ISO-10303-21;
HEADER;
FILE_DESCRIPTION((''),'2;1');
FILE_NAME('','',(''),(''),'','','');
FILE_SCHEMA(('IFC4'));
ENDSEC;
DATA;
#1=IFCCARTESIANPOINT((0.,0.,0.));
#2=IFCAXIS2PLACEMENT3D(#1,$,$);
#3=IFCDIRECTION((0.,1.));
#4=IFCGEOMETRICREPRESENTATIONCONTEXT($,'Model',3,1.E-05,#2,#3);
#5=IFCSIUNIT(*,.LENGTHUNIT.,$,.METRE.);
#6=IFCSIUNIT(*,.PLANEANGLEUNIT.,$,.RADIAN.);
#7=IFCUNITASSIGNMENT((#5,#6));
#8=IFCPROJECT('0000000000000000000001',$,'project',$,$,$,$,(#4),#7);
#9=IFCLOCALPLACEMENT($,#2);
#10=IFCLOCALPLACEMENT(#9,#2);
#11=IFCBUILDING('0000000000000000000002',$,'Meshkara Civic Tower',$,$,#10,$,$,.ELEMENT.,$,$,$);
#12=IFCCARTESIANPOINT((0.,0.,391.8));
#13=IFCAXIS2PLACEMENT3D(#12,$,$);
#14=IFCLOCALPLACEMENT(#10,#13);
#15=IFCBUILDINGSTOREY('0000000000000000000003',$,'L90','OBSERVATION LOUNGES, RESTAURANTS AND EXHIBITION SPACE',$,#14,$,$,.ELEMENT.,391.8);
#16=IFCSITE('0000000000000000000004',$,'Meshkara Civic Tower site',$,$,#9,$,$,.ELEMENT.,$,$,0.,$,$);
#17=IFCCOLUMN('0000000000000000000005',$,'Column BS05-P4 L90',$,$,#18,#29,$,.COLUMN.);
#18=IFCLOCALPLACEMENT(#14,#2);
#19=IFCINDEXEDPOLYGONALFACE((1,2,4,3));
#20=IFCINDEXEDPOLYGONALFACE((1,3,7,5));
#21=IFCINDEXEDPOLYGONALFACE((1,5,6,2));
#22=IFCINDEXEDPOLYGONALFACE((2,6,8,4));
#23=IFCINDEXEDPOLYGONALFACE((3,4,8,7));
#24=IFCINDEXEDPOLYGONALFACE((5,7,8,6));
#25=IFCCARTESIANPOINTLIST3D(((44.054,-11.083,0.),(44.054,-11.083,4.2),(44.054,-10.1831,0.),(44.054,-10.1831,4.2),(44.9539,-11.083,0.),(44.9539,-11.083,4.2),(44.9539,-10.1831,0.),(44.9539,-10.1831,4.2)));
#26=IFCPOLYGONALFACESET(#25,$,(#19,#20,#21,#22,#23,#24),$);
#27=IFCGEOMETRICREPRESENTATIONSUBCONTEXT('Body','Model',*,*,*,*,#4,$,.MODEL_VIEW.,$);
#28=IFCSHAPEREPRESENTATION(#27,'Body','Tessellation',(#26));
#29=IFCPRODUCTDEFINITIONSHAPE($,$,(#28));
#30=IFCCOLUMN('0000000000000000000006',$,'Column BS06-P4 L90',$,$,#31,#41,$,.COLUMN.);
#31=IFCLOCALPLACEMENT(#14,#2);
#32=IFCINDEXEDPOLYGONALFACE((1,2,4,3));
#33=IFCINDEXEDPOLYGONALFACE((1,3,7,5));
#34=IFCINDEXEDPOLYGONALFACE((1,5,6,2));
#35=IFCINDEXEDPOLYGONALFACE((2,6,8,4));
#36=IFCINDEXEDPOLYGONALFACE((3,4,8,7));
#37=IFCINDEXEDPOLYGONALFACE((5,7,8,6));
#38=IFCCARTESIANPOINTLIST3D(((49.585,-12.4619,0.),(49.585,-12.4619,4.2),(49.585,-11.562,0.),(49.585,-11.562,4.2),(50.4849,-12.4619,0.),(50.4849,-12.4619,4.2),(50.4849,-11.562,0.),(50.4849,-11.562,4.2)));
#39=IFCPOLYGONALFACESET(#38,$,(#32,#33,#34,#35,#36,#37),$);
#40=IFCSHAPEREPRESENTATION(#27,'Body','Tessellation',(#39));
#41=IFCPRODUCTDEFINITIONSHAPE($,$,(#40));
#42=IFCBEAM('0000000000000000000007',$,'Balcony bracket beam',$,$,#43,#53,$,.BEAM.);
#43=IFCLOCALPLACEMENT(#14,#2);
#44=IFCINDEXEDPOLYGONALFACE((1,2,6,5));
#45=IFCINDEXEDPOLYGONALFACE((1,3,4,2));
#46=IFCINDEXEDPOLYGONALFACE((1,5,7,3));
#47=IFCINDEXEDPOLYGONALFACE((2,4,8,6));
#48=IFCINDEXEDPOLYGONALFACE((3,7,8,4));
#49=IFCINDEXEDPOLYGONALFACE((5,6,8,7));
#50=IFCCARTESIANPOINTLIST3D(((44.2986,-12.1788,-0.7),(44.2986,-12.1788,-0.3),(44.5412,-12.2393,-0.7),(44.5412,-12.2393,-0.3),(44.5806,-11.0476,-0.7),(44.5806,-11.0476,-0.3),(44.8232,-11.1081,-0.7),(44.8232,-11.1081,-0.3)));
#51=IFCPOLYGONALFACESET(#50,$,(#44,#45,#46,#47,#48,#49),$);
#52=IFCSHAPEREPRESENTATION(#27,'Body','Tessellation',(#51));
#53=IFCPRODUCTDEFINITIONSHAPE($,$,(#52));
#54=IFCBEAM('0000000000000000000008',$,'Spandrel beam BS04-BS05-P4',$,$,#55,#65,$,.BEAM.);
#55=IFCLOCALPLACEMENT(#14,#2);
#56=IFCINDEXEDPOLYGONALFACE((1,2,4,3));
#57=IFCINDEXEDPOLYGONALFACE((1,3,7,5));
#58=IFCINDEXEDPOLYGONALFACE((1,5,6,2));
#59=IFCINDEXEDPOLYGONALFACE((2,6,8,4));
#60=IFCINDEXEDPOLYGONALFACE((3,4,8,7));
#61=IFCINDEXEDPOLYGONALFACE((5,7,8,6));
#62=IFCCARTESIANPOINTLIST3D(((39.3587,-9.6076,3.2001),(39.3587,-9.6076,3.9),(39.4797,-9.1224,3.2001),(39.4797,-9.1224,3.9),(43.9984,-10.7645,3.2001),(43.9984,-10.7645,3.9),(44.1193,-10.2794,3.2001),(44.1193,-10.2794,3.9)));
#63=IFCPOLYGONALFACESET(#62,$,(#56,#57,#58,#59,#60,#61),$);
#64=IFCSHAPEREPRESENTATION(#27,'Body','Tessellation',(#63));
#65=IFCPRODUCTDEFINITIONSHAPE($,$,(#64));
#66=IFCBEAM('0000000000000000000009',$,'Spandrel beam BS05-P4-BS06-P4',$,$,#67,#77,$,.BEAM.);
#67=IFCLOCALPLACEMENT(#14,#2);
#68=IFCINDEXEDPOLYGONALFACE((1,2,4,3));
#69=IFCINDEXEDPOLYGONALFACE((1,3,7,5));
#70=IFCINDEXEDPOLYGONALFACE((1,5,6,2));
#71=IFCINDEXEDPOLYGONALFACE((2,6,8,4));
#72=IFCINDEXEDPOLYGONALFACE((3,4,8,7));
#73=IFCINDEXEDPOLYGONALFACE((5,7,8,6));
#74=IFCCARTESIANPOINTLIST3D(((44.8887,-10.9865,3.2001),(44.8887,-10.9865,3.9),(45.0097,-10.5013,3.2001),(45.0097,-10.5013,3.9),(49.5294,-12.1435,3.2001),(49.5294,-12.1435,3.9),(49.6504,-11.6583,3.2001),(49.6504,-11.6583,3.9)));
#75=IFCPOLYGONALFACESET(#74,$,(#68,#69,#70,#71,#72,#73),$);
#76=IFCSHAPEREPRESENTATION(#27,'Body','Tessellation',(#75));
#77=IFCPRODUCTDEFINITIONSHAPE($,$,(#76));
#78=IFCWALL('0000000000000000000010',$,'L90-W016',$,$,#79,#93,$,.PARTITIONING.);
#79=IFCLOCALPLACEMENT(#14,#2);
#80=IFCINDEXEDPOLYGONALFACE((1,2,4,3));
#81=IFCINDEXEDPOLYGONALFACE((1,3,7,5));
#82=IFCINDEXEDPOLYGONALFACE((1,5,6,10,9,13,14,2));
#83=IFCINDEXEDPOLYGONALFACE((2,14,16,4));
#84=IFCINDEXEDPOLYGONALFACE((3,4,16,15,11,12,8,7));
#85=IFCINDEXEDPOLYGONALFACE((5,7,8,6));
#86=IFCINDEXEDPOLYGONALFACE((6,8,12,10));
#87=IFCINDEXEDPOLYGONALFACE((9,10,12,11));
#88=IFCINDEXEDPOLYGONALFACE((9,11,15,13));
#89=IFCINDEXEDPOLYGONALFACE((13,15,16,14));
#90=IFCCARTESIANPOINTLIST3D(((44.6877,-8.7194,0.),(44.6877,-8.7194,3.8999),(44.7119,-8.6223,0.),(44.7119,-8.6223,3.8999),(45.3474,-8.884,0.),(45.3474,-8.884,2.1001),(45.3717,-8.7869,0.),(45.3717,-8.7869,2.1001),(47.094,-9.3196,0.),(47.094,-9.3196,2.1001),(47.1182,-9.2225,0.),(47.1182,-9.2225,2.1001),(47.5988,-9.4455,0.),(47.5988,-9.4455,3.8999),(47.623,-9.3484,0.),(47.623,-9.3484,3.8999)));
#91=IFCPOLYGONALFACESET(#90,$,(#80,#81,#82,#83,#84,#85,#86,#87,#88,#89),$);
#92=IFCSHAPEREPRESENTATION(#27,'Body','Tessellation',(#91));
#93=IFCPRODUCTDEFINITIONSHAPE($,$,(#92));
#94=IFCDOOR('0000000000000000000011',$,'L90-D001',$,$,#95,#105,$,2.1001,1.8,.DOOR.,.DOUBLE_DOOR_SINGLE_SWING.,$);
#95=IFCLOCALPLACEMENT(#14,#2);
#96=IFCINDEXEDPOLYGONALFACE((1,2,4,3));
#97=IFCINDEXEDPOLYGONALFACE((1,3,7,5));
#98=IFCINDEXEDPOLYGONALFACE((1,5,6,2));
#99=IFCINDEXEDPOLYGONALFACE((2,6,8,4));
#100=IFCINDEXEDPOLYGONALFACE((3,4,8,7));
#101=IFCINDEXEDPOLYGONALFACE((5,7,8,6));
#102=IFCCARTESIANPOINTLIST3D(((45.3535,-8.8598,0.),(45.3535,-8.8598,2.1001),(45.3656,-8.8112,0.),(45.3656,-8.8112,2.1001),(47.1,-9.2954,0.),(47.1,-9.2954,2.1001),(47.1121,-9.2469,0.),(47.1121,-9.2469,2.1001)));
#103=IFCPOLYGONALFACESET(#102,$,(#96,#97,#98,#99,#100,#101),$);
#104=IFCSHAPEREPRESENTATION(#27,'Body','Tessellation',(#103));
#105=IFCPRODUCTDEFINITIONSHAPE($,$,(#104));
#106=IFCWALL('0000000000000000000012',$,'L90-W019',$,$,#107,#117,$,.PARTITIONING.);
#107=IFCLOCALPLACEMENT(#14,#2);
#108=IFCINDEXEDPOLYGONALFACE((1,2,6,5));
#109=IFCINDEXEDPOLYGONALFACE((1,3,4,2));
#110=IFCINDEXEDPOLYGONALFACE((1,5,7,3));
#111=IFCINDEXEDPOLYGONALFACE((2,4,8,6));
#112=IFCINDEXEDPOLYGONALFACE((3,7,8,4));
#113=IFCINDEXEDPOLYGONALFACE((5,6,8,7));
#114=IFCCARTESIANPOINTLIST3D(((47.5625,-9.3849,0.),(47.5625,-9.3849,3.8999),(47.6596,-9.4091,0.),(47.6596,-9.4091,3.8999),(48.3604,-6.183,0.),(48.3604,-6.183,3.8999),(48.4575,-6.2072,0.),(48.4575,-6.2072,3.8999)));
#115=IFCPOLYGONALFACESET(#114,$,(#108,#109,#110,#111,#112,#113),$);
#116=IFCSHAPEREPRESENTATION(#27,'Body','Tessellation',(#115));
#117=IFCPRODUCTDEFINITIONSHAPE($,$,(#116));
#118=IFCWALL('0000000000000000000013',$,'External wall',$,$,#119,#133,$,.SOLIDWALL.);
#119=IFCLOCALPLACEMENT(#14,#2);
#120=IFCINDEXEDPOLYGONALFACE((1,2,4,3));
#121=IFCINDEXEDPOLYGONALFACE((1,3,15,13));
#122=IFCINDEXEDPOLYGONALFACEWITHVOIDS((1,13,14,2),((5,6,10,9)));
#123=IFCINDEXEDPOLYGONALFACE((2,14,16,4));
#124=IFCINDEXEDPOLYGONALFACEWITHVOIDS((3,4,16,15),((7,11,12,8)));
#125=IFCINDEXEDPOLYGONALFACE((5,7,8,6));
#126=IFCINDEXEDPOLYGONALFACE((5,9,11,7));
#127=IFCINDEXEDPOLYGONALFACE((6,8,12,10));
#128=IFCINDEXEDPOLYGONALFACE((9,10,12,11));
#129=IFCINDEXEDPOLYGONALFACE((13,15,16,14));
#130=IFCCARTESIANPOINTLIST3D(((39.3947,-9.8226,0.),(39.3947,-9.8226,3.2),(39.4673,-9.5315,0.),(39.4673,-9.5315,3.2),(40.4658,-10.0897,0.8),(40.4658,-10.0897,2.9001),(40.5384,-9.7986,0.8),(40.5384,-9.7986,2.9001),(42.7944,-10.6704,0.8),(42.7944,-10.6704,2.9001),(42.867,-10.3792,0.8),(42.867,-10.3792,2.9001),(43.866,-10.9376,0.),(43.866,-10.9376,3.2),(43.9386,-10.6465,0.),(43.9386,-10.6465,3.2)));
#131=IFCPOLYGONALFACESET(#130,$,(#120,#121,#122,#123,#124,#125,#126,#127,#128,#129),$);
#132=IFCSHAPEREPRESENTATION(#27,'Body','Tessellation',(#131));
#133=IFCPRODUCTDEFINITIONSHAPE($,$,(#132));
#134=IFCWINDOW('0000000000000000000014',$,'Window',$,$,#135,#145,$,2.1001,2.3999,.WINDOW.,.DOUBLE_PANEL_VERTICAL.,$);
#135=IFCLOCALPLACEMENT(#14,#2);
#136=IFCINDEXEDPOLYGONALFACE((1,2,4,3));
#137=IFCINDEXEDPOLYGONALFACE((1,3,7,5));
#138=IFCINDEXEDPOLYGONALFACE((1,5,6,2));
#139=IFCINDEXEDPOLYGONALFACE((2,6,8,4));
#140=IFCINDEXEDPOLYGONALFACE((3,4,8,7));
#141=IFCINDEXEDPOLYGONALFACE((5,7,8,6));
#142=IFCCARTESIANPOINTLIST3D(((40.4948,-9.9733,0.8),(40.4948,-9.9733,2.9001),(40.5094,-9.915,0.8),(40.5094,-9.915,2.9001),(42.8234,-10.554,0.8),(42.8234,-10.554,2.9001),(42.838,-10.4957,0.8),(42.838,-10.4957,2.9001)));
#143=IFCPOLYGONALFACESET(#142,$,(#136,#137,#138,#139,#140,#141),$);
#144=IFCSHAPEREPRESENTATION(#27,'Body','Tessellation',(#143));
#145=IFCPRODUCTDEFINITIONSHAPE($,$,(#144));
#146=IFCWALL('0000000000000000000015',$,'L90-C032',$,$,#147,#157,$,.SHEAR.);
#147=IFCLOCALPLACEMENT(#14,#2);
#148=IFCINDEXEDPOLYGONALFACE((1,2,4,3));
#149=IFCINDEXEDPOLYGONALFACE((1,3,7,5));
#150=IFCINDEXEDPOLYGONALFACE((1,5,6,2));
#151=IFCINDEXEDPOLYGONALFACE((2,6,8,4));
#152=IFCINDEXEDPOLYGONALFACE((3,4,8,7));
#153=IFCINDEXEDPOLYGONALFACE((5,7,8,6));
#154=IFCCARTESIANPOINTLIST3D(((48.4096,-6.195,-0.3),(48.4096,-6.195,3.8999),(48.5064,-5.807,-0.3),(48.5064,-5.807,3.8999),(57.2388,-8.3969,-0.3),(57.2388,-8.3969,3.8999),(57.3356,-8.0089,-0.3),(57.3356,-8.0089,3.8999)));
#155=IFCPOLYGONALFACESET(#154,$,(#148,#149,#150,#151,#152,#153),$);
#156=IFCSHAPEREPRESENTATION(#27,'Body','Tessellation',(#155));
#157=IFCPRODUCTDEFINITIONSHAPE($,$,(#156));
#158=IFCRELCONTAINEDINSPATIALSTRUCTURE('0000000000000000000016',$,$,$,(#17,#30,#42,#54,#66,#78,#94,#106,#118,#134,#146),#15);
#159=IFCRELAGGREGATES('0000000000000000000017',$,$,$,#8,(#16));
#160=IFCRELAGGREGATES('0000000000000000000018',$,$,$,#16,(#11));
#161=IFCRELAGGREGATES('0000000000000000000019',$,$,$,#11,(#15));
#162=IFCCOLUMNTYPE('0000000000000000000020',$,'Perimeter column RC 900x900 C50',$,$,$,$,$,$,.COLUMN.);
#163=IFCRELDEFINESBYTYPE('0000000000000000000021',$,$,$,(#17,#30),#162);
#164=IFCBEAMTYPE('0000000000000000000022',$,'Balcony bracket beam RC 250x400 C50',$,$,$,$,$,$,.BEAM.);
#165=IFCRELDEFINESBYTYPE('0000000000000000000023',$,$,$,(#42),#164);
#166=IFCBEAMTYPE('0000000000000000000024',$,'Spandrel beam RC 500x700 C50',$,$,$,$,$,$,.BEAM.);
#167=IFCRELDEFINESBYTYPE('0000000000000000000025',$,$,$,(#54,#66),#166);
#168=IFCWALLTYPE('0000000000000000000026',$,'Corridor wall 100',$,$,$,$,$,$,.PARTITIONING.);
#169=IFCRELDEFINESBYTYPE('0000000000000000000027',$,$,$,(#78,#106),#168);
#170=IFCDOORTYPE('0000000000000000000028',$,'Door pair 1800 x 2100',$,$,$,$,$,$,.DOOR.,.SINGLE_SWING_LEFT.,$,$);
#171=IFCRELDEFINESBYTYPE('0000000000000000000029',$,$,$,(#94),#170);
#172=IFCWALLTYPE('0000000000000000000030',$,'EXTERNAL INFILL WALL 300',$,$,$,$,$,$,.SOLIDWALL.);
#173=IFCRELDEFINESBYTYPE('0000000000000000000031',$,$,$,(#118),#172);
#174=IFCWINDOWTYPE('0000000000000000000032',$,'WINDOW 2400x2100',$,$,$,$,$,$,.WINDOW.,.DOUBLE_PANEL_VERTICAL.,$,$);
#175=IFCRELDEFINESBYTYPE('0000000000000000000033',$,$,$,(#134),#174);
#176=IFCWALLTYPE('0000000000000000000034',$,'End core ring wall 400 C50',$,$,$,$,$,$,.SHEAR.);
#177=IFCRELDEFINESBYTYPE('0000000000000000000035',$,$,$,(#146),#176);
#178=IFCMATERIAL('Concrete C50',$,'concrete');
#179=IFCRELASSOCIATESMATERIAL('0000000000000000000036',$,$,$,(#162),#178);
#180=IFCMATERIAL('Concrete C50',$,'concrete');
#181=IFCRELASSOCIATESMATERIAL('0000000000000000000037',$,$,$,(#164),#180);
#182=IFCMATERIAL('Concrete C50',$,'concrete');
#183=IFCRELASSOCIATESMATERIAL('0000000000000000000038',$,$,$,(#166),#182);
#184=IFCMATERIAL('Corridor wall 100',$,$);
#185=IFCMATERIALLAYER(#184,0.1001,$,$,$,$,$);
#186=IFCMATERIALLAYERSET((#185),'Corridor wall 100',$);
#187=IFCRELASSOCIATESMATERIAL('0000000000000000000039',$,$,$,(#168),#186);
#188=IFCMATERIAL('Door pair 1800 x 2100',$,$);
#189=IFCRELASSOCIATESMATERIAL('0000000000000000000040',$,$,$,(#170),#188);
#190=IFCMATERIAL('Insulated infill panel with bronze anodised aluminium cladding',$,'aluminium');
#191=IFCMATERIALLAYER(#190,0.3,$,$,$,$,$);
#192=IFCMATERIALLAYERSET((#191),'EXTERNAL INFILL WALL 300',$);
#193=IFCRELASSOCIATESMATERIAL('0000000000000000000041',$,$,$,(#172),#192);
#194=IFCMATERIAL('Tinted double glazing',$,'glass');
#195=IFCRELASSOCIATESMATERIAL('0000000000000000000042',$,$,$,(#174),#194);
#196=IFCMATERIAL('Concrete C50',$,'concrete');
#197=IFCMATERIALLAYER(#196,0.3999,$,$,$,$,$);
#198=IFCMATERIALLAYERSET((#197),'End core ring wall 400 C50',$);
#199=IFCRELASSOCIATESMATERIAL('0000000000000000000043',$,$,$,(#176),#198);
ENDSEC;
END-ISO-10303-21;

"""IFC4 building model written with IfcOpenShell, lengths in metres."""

from ifc_helpers import new_model, si_unit, direction, frame, frame_2d, origin, origin_2d, place, context, subcontext, project, spatial, rectangle, extrude, material, layer, layer_set, material_profile, profile_set, type_object, element, fill, save


model = new_model("IFC4")

# Units and contexts
model_context = context("Model", 3, precision=1e-05, world=origin(), true_north=direction((0.0, 1.0)))
body_context = subcontext(model_context, "Body", "Model", "MODEL_VIEW")
ifc_project = project(units=[si_unit("LENGTHUNIT", "METRE"), si_unit("PLANEANGLEUNIT", "RADIAN")], contexts=[model_context])

# Site, building, storey
site_placement = place(None, origin())
site = spatial("IfcSite", under=ifc_project, at=site_placement, Name="Meshkara Civic Tower site", CompositionType="ELEMENT", RefElevation=0.0)
building_placement = place(site_placement, origin())
building = spatial("IfcBuilding", under=site, at=building_placement, Name="Meshkara Civic Tower", CompositionType="ELEMENT")
storey_placement = place(building_placement, frame((0.0, 0.0, 391.8)))
storey = spatial("IfcBuildingStorey", under=building, at=storey_placement, Name="L90", Description="OBSERVATION LOUNGES, RESTAURANTS AND EXHIBITION SPACE", CompositionType="ELEMENT", Elevation=391.8)

# Columns
ifc_material_1 = material(Name="Concrete C50", Category="concrete")
ifc_material_profile_1 = material_profile(ifc_material_1, rectangle(XDim=0.8999, YDim=0.8999, at=origin_2d()))
ifc_profile_set_1 = profile_set([ifc_material_profile_1], Name="Concrete C50")
column_type = type_object("IfcColumnType", Name="Perimeter column RC 900x900 C50", PredefinedType="COLUMN", material=ifc_profile_set_1)
for number, where, z_axis, x_axis, name in (
    (1, (44.5039, -10.6331, 0.0), (0.0, 0.0, 1.0), (1.0, 0.0, 0.0), "Column BS05-P4 L90"),
    (2, (50.0349, -12.012, 0.0), (0.0, 0.0, 1.0), (1.0, 0.0, 0.0), "Column BS06-P4 L90"),
):
    element("IfcColumn", number, at=place(storey_placement, frame(where, z_axis=z_axis, x_axis=x_axis)), inside=storey, type_object=column_type, Name=name, PredefinedType="COLUMN", context=body_context, shape_type="SweptSolid", body=[
        extrude(rectangle(XDim=0.8999, YDim=0.8999, at=origin_2d()), origin(), (0.0, 0.0, 1.0), 4.2),
    ])

# Beams
ifc_material_2 = material(Name="Concrete C50", Category="concrete")
ifc_material_profile_2 = material_profile(ifc_material_2, rectangle(XDim=0.25, YDim=0.3999, at=origin_2d()))
ifc_profile_set_2 = profile_set([ifc_material_profile_2], Name="Concrete C50")
beam_type_1 = type_object("IfcBeamType", Name="Balcony bracket beam RC 250x400 C50", PredefinedType="BEAM", material=ifc_profile_set_2)
beam_1_placement = place(storey_placement, frame((44.7019, -11.0779, -0.5), z_axis=(-0.241895, -0.970302, 0.0), x_axis=(0.970302, -0.241895, 0.0)))
element("IfcBeam", 3, at=beam_1_placement, inside=storey, type_object=beam_type_1, Name="Balcony bracket beam", PredefinedType="BEAM", context=body_context, shape_type="SweptSolid", body=[
    extrude(rectangle(XDim=0.25, YDim=0.3999, at=origin_2d()), origin(), (0.0, 0.0, 1.0), 1.1658),
])
ifc_material_3 = material(Name="Concrete C50", Category="concrete")
ifc_material_profile_3 = material_profile(ifc_material_3, rectangle(XDim=0.5, YDim=0.7, at=origin_2d()))
ifc_profile_set_3 = profile_set([ifc_material_profile_3], Name="Concrete C50")
beam_type_2 = type_object("IfcBeamType", Name="Spandrel beam RC 500x700 C50", PredefinedType="BEAM", material=ifc_profile_set_3)
beam_2_placement = place(storey_placement, frame((39.4192, -9.365, 3.55), z_axis=(0.970286, -0.241959, 0.0), x_axis=(0.241959, 0.970286, 0.0)))
element("IfcBeam", 4, at=beam_2_placement, inside=storey, type_object=beam_type_2, Name="Spandrel beam BS04-BS05-P4", PredefinedType="BEAM", context=body_context, shape_type="SweptSolid", body=[
    extrude(rectangle(XDim=0.5, YDim=0.7, at=origin_2d()), origin(), (0.0, 0.0, 1.0), 4.7817),
])
beam_3_placement = place(storey_placement, frame((44.9492, -10.7439, 3.55), z_axis=(0.970298, -0.241911, 0.0), x_axis=(0.241911, 0.970298, 0.0)))
element("IfcBeam", 5, at=beam_3_placement, inside=storey, type_object=beam_type_2, Name="Spandrel beam BS05-P4-BS06-P4", PredefinedType="BEAM", context=body_context, shape_type="SweptSolid", body=[
    extrude(rectangle(XDim=0.5, YDim=0.7, at=origin_2d()), origin(), (0.0, 0.0, 1.0), 4.7827),
])

# Wall, opening, door
ifc_material_4 = material(Name="Corridor wall 100")
ifc_layer_1 = layer(ifc_material_4, 0.1001)
ifc_layer_set_1 = layer_set([ifc_layer_1], Name="Corridor wall 100")
wall_type_1 = type_object("IfcWallType", Name="Corridor wall 100", PredefinedType="PARTITIONING", material=ifc_layer_set_1)
wall_1_placement = place(storey_placement, frame((44.7, -8.6709, 0.0), z_axis=(0.0, 0.0, 1.0), x_axis=(0.970276, -0.241999, 0.0)))
wall_1 = element("IfcWall", 6, at=wall_1_placement, inside=storey, type_object=wall_type_1, Name="L90-W016", PredefinedType="PARTITIONING", context=body_context, shape_type="SweptSolid", body=[
    extrude(rectangle(XDim=3.0002, YDim=0.1001, at=frame_2d((1.5, 0.0))), origin(), (0.0, 0.0, 1.0), 3.8999),
])
opening_1_placement = place(wall_1_placement, frame((0.6799, 0.0, 0.0)))
opening_1 = element("IfcOpeningElement", 7, at=opening_1_placement, cuts=wall_1, PredefinedType="OPENING", context=body_context, shape_type="SweptSolid", body=[
    extrude(rectangle(XDim=1.8, YDim=2.1001, at=frame_2d((0.8999, 1.05))), frame((0.0, 0.0601, 0.0), z_axis=(0.0, -1.0, 0.0), x_axis=(1.0, 0.0, 0.0)), (0.0, 0.0, 1.0), 0.1201),
])
ifc_material_5 = material(Name="Door pair 1800 x 2100")
door_type_1 = type_object("IfcDoorType", Name="Door pair 1800 x 2100", OperationType="SINGLE_SWING_LEFT", PredefinedType="DOOR", material=ifc_material_5)
door_1_placement = place(opening_1_placement, origin())
door_1 = element("IfcDoor", 8, at=door_1_placement, inside=storey, type_object=door_type_1, Name="L90-D001", OperationType="DOUBLE_DOOR_SINGLE_SWING", OverallHeight=2.1001, OverallWidth=1.8, PredefinedType="DOOR", context=body_context, shape_type="SweptSolid", body=[
    extrude(rectangle(XDim=1.8, YDim=2.1001, at=frame_2d((0.8999, 1.05))), frame((0.0, 0.0249, 0.0), z_axis=(0.0, -1.0, 0.0), x_axis=(1.0, 0.0, 0.0)), (0.0, 0.0, 1.0), 0.05),
])
fill(opening_1, door_1)

# Wall
wall_2_placement = place(storey_placement, frame((47.6111, -9.397, 0.0), z_axis=(0.0, 0.0, 1.0), x_axis=(0.241787, 0.970329, 0.0)))
element("IfcWall", 9, at=wall_2_placement, inside=storey, type_object=wall_type_1, Name="L90-W019", PredefinedType="PARTITIONING", context=body_context, shape_type="SweptSolid", body=[
    extrude(rectangle(XDim=3.2998, YDim=0.1001, at=frame_2d((1.6499, 0.0))), origin(), (0.0, 0.0, 1.0), 3.8999),
])

# Wall, opening, window
ifc_material_6 = material(Name="Insulated infill panel with bronze anodised aluminium cladding", Category="aluminium")
ifc_layer_2 = layer(ifc_material_6, 0.3)
ifc_layer_set_2 = layer_set([ifc_layer_2], Name="EXTERNAL INFILL WALL 300")
wall_type_2 = type_object("IfcWallType", Name="EXTERNAL INFILL WALL 300", PredefinedType="SOLIDWALL", material=ifc_layer_set_2)
wall_3_placement = place(storey_placement, frame((39.4309, -9.677, 0.0), z_axis=(0.0, 0.0, 1.0), x_axis=(0.970286, -0.241962, 0.0)))
wall_3 = element("IfcWall", 10, at=wall_3_placement, inside=storey, type_object=wall_type_2, Name="External wall", PredefinedType="SOLIDWALL", context=body_context, shape_type="SweptSolid", body=[
    extrude(rectangle(XDim=4.6082, YDim=0.3, at=frame_2d((2.3042, 0.0))), origin(), (0.0, 0.0, 1.0), 3.2),
])
opening_2_placement = place(wall_3_placement, frame((1.104, 0.0, 0.8)))
opening_2 = element("IfcOpeningElement", 11, at=opening_2_placement, cuts=wall_3, PredefinedType="OPENING", context=body_context, shape_type="SweptSolid", body=[
    extrude(rectangle(XDim=2.3999, YDim=2.1001, at=frame_2d((1.2, 1.05))), frame((0.0, 0.1599, 0.0), z_axis=(0.0, -1.0, 0.0), x_axis=(1.0, 0.0, 0.0)), (0.0, 0.0, 1.0), 0.3201),
])
ifc_material_7 = material(Name="Tinted double glazing", Category="glass")
window_type = type_object("IfcWindowType", Name="WINDOW 2400x2100", PartitioningType="DOUBLE_PANEL_VERTICAL", PredefinedType="WINDOW", material=ifc_material_7)
window_placement = place(opening_2_placement, origin())
window = element("IfcWindow", 12, at=window_placement, inside=storey, type_object=window_type, Name="Window", OverallHeight=2.1001, OverallWidth=2.3999, PartitioningType="DOUBLE_PANEL_VERTICAL", PredefinedType="WINDOW", context=body_context, shape_type="SweptSolid", body=[
    extrude(rectangle(XDim=2.3999, YDim=2.1001, at=frame_2d((1.2, 1.05))), frame((0.0, 0.03, 0.0), z_axis=(0.0, -1.0, 0.0), x_axis=(1.0, 0.0, 0.0)), (0.0, 0.0, 1.0), 0.0601),
])
fill(opening_2, window)

# Wall
ifc_material_8 = material(Name="Concrete C50", Category="concrete")
ifc_layer_3 = layer(ifc_material_8, 0.3999)
ifc_layer_set_3 = layer_set([ifc_layer_3], Name="End core ring wall 400 C50")
wall_type_3 = type_object("IfcWallType", Name="End core ring wall 400 C50", PredefinedType="SHEAR", material=ifc_layer_set_3)
wall_4_placement = place(storey_placement, frame((48.458, -6.001, -0.3), z_axis=(0.0, 0.0, 1.0), x_axis=(0.970281, -0.24198, 0.0)))
element("IfcWall", 13, at=wall_4_placement, inside=storey, type_object=wall_type_3, Name="L90-C032", PredefinedType="SHEAR", context=body_context, shape_type="SweptSolid", body=[
    extrude(rectangle(XDim=9.0996, YDim=0.3999, at=frame_2d((4.5498, 0.0))), origin(), (0.0, 0.0, 1.0), 4.2),
])

save(model, "model.ifc")
